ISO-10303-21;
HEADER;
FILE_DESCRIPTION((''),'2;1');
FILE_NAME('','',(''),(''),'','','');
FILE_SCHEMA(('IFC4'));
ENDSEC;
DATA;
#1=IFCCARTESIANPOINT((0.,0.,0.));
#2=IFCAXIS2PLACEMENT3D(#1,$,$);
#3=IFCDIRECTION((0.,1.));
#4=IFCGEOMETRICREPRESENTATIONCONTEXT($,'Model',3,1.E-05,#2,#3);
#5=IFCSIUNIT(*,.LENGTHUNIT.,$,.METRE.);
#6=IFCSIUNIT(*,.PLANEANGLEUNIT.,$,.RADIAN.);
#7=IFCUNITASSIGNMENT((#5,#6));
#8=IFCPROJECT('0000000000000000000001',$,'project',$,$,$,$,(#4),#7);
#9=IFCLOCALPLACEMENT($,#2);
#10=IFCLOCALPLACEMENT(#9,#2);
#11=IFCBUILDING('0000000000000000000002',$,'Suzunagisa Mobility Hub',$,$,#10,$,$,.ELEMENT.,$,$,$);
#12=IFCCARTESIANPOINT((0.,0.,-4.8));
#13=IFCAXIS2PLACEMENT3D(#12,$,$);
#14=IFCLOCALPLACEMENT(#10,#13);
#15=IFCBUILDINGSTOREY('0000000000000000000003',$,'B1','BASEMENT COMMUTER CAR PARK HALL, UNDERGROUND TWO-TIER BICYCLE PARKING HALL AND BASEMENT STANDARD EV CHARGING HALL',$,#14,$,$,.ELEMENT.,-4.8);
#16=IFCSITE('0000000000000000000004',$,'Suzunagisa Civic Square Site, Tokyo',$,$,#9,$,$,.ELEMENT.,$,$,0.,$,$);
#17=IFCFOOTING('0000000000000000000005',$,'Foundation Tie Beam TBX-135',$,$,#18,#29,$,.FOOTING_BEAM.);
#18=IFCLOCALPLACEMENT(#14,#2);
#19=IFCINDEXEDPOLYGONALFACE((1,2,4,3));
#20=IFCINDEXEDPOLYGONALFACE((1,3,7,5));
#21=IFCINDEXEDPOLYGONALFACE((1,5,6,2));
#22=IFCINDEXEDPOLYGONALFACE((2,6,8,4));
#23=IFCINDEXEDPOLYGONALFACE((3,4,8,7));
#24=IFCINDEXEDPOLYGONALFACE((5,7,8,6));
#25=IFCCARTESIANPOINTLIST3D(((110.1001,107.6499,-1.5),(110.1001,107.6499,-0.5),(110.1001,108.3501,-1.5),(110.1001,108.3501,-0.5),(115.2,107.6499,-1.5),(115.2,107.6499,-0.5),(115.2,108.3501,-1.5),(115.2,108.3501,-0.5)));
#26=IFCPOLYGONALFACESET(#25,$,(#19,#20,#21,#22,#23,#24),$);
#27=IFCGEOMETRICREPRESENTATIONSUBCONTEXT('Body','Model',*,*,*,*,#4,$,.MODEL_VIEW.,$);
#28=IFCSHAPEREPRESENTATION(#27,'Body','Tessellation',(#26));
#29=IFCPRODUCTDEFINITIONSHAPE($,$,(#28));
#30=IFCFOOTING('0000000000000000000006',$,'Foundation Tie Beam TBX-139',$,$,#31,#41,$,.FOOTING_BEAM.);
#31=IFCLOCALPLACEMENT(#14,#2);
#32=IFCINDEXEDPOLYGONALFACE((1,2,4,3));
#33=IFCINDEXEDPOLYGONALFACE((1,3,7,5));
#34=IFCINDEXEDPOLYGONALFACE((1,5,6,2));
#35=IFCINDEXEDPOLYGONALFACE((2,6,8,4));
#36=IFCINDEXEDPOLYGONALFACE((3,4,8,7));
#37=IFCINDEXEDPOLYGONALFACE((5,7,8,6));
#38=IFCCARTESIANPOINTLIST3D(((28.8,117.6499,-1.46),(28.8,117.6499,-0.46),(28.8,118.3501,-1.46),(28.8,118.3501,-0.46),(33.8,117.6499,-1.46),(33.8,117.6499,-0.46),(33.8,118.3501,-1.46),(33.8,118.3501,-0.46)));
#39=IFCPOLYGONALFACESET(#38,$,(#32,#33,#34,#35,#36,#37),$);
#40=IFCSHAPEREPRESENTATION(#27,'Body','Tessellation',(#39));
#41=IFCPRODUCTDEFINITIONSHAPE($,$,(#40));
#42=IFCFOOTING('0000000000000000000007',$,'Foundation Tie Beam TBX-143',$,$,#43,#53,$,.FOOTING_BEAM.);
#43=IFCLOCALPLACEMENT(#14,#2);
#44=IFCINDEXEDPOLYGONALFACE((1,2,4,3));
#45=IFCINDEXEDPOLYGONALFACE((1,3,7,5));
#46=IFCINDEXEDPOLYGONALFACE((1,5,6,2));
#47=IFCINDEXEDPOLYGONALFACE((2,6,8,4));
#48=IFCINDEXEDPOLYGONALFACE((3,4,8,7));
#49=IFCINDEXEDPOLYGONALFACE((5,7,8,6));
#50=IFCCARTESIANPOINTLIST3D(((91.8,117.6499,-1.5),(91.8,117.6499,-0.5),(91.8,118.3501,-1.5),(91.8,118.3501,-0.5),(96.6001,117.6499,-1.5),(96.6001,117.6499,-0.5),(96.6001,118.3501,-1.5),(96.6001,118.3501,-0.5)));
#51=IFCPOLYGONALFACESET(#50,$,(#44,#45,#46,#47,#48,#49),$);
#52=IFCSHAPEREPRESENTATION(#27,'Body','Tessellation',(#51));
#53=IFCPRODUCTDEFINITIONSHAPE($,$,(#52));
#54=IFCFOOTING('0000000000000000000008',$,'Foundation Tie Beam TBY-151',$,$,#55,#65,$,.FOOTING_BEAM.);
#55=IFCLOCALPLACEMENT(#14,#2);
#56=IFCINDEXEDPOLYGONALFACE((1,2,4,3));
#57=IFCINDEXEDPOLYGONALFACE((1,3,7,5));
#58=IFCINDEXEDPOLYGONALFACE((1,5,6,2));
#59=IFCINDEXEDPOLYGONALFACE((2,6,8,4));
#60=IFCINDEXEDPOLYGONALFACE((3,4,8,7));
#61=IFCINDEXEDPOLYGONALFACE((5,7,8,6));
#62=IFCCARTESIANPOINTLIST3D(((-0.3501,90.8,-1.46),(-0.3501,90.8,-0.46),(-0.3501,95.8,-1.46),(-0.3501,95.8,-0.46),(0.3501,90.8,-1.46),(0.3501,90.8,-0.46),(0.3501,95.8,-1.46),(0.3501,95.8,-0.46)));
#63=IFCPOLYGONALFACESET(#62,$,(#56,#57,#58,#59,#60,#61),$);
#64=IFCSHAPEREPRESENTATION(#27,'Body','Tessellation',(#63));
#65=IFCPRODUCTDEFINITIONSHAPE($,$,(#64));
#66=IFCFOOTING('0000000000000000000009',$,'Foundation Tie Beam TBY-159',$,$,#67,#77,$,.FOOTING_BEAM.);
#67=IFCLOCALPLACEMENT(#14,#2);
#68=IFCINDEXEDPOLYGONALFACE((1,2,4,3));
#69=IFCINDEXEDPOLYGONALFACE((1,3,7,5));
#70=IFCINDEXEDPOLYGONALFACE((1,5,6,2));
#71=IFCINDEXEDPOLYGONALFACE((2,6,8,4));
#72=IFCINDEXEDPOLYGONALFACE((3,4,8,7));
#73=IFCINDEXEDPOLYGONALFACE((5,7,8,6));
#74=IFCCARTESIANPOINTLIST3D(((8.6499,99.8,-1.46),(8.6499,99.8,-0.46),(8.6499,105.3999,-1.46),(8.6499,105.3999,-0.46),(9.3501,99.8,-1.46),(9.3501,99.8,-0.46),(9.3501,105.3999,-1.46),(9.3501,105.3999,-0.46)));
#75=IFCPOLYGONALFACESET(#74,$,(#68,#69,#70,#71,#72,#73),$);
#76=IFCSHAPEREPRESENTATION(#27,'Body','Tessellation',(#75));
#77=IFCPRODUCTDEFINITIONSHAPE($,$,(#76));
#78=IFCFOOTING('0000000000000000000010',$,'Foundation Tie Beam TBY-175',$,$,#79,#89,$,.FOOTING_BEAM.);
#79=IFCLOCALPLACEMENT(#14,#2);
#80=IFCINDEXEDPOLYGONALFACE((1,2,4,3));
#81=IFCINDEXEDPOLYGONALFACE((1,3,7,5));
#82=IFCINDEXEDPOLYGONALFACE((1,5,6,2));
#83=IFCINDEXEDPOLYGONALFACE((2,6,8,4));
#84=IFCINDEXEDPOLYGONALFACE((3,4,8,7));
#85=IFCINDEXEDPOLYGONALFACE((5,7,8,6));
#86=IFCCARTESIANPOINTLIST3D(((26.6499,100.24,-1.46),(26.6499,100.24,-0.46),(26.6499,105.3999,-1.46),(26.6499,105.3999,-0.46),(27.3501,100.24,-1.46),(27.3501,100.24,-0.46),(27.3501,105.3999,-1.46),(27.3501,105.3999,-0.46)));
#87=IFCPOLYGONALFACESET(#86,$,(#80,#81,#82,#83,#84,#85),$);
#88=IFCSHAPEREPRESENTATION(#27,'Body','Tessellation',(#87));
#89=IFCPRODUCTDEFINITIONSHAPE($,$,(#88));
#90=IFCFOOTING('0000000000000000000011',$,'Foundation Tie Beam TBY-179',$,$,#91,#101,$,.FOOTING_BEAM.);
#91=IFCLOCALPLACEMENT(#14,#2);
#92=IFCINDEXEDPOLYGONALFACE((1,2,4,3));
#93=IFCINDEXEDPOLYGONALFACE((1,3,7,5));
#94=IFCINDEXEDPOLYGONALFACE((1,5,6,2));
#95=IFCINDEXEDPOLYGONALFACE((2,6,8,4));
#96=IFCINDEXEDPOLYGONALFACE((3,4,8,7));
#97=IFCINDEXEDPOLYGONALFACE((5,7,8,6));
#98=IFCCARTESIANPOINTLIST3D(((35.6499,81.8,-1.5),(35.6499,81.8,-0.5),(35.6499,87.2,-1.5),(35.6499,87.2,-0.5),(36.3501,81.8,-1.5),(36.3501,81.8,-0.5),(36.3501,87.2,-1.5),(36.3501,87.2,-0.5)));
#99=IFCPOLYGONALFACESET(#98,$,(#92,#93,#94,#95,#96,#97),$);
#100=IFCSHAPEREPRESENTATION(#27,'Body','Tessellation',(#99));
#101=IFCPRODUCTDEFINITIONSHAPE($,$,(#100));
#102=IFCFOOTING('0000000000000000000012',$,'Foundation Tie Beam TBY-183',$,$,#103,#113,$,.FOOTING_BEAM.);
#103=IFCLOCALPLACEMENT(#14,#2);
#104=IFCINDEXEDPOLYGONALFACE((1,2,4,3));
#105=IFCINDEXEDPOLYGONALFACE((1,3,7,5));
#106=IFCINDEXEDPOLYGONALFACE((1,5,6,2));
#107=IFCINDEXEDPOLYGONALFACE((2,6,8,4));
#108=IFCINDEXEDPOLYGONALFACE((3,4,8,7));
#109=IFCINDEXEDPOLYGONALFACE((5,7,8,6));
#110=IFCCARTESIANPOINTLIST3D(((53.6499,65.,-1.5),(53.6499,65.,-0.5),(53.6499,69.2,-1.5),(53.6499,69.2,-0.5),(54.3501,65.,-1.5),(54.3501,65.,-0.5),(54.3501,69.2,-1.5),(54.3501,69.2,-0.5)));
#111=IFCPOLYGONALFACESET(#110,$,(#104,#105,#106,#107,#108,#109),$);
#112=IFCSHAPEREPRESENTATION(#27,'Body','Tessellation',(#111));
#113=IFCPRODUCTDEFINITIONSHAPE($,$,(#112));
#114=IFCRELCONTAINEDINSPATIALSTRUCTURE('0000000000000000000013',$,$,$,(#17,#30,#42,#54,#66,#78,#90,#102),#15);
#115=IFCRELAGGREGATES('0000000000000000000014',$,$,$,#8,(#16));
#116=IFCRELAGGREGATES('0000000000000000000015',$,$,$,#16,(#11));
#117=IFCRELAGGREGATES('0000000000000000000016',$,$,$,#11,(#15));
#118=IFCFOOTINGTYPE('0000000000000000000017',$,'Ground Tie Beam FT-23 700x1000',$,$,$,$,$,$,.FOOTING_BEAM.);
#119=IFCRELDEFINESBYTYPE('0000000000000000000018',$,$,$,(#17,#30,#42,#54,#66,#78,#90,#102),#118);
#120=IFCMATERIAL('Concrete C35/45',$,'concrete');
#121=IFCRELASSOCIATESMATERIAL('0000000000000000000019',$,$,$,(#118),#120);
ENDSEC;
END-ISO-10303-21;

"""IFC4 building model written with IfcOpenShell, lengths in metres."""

from ifc_helpers import new_model, si_unit, direction, frame, origin, place, context, subcontext, project, spatial, polyline, outline, extrude, material, type_object, element, save


model = new_model("IFC4")

# Units and contexts
model_context = context("Model", 3, precision=1e-05, world=origin(), true_north=direction((0.0, 1.0)))
body_context = subcontext(model_context, "Body", "Model", "MODEL_VIEW")
ifc_project = project(units=[si_unit("LENGTHUNIT", "METRE"), si_unit("PLANEANGLEUNIT", "RADIAN")], contexts=[model_context])

# Site, building, storey
site_placement = place(None, origin())
site = spatial("IfcSite", under=ifc_project, at=site_placement, Name="Suzunagisa Civic Square Site, Tokyo", CompositionType="ELEMENT", RefElevation=0.0)
building_placement = place(site_placement, origin())
building = spatial("IfcBuilding", under=site, at=building_placement, Name="Suzunagisa Mobility Hub", CompositionType="ELEMENT")
storey_placement = place(building_placement, frame((0.0, 0.0, -4.8)))
storey = spatial("IfcBuildingStorey", under=building, at=storey_placement, Name="B1", Description="BASEMENT COMMUTER CAR PARK HALL, UNDERGROUND TWO-TIER BICYCLE PARKING HALL AND BASEMENT STANDARD EV CHARGING HALL", CompositionType="ELEMENT", Elevation=-4.8)

# Footings
ifc_material = material(Name="Concrete C35/45", Category="concrete")
footing_type_1 = type_object("IfcFootingType", Name="Ground Tie Beam FT-23 700x1000", PredefinedType="FOOTING_BEAM", material=ifc_material)
footing_1_placement = place(storey_placement, frame((0.0, 0.0, -1.5)))
element("IfcFooting", 1, at=footing_1_placement, inside=storey, type_object=footing_type_1, Name="Foundation Tie Beam TBX-135", PredefinedType="FOOTING_BEAM", context=body_context, shape_type="SweptSolid", body=[
    extrude(outline(polyline([(110.1001, 107.6499), (115.2, 107.6499), (115.2, 108.3501), (110.1001, 108.3501), (110.1001, 107.6499)])), origin(), (0.0, 0.0, 1.0), 1.0),
])
footing_2_placement = place(storey_placement, frame((0.0, 0.0, -1.46)))
element("IfcFooting", 2, at=footing_2_placement, inside=storey, type_object=footing_type_1, Name="Foundation Tie Beam TBX-139", PredefinedType="FOOTING_BEAM", context=body_context, shape_type="SweptSolid", body=[
    extrude(outline(polyline([(28.8, 117.6499), (33.8, 117.6499), (33.8, 118.3501), (28.8, 118.3501), (28.8, 117.6499)])), origin(), (0.0, 0.0, 1.0), 1.0),
])
footing_3_placement = place(storey_placement, frame((0.0, 0.0, -1.5)))
element("IfcFooting", 3, at=footing_3_placement, inside=storey, type_object=footing_type_1, Name="Foundation Tie Beam TBX-143", PredefinedType="FOOTING_BEAM", context=body_context, shape_type="SweptSolid", body=[
    extrude(outline(polyline([(91.8, 117.6499), (96.6001, 117.6499), (96.6001, 118.3501), (91.8, 118.3501), (91.8, 117.6499)])), origin(), (0.0, 0.0, 1.0), 1.0),
])
footing_4_placement = place(storey_placement, frame((0.0, 0.0, -1.46)))
element("IfcFooting", 4, at=footing_4_placement, inside=storey, type_object=footing_type_1, Name="Foundation Tie Beam TBY-151", PredefinedType="FOOTING_BEAM", context=body_context, shape_type="SweptSolid", body=[
    extrude(outline(polyline([(-0.3501, 90.8), (0.3501, 90.8), (0.3501, 95.8), (-0.3501, 95.8), (-0.3501, 90.8)])), origin(), (0.0, 0.0, 1.0), 1.0),
])
footing_5_placement = place(storey_placement, frame((0.0, 0.0, -1.46)))
element("IfcFooting", 5, at=footing_5_placement, inside=storey, type_object=footing_type_1, Name="Foundation Tie Beam TBY-159", PredefinedType="FOOTING_BEAM", context=body_context, shape_type="SweptSolid", body=[
    extrude(outline(polyline([(8.6499, 99.8), (9.3501, 99.8), (9.3501, 105.3999), (8.6499, 105.3999), (8.6499, 99.8)])), origin(), (0.0, 0.0, 1.0), 1.0),
])
footing_6_placement = place(storey_placement, frame((0.0, 0.0, -1.46)))
element("IfcFooting", 6, at=footing_6_placement, inside=storey, type_object=footing_type_1, Name="Foundation Tie Beam TBY-175", PredefinedType="FOOTING_BEAM", context=body_context, shape_type="SweptSolid", body=[
    extrude(outline(polyline([(26.6499, 100.24), (27.3501, 100.24), (27.3501, 105.3999), (26.6499, 105.3999), (26.6499, 100.24)])), origin(), (0.0, 0.0, 1.0), 1.0),
])
footing_7_placement = place(storey_placement, frame((0.0, 0.0, -1.5)))
element("IfcFooting", 7, at=footing_7_placement, inside=storey, type_object=footing_type_1, Name="Foundation Tie Beam TBY-179", PredefinedType="FOOTING_BEAM", context=body_context, shape_type="SweptSolid", body=[
    extrude(outline(polyline([(35.6499, 81.8), (36.3501, 81.8), (36.3501, 87.2), (35.6499, 87.2), (35.6499, 81.8)])), origin(), (0.0, 0.0, 1.0), 1.0),
])
footing_8_placement = place(storey_placement, frame((0.0, 0.0, -1.5)))
element("IfcFooting", 8, at=footing_8_placement, inside=storey, type_object=footing_type_1, Name="Foundation Tie Beam TBY-183", PredefinedType="FOOTING_BEAM", context=body_context, shape_type="SweptSolid", body=[
    extrude(outline(polyline([(53.6499, 65.0), (54.3501, 65.0), (54.3501, 69.2), (53.6499, 69.2), (53.6499, 65.0)])), origin(), (0.0, 0.0, 1.0), 1.0),
])

save(model, "model.ifc")
